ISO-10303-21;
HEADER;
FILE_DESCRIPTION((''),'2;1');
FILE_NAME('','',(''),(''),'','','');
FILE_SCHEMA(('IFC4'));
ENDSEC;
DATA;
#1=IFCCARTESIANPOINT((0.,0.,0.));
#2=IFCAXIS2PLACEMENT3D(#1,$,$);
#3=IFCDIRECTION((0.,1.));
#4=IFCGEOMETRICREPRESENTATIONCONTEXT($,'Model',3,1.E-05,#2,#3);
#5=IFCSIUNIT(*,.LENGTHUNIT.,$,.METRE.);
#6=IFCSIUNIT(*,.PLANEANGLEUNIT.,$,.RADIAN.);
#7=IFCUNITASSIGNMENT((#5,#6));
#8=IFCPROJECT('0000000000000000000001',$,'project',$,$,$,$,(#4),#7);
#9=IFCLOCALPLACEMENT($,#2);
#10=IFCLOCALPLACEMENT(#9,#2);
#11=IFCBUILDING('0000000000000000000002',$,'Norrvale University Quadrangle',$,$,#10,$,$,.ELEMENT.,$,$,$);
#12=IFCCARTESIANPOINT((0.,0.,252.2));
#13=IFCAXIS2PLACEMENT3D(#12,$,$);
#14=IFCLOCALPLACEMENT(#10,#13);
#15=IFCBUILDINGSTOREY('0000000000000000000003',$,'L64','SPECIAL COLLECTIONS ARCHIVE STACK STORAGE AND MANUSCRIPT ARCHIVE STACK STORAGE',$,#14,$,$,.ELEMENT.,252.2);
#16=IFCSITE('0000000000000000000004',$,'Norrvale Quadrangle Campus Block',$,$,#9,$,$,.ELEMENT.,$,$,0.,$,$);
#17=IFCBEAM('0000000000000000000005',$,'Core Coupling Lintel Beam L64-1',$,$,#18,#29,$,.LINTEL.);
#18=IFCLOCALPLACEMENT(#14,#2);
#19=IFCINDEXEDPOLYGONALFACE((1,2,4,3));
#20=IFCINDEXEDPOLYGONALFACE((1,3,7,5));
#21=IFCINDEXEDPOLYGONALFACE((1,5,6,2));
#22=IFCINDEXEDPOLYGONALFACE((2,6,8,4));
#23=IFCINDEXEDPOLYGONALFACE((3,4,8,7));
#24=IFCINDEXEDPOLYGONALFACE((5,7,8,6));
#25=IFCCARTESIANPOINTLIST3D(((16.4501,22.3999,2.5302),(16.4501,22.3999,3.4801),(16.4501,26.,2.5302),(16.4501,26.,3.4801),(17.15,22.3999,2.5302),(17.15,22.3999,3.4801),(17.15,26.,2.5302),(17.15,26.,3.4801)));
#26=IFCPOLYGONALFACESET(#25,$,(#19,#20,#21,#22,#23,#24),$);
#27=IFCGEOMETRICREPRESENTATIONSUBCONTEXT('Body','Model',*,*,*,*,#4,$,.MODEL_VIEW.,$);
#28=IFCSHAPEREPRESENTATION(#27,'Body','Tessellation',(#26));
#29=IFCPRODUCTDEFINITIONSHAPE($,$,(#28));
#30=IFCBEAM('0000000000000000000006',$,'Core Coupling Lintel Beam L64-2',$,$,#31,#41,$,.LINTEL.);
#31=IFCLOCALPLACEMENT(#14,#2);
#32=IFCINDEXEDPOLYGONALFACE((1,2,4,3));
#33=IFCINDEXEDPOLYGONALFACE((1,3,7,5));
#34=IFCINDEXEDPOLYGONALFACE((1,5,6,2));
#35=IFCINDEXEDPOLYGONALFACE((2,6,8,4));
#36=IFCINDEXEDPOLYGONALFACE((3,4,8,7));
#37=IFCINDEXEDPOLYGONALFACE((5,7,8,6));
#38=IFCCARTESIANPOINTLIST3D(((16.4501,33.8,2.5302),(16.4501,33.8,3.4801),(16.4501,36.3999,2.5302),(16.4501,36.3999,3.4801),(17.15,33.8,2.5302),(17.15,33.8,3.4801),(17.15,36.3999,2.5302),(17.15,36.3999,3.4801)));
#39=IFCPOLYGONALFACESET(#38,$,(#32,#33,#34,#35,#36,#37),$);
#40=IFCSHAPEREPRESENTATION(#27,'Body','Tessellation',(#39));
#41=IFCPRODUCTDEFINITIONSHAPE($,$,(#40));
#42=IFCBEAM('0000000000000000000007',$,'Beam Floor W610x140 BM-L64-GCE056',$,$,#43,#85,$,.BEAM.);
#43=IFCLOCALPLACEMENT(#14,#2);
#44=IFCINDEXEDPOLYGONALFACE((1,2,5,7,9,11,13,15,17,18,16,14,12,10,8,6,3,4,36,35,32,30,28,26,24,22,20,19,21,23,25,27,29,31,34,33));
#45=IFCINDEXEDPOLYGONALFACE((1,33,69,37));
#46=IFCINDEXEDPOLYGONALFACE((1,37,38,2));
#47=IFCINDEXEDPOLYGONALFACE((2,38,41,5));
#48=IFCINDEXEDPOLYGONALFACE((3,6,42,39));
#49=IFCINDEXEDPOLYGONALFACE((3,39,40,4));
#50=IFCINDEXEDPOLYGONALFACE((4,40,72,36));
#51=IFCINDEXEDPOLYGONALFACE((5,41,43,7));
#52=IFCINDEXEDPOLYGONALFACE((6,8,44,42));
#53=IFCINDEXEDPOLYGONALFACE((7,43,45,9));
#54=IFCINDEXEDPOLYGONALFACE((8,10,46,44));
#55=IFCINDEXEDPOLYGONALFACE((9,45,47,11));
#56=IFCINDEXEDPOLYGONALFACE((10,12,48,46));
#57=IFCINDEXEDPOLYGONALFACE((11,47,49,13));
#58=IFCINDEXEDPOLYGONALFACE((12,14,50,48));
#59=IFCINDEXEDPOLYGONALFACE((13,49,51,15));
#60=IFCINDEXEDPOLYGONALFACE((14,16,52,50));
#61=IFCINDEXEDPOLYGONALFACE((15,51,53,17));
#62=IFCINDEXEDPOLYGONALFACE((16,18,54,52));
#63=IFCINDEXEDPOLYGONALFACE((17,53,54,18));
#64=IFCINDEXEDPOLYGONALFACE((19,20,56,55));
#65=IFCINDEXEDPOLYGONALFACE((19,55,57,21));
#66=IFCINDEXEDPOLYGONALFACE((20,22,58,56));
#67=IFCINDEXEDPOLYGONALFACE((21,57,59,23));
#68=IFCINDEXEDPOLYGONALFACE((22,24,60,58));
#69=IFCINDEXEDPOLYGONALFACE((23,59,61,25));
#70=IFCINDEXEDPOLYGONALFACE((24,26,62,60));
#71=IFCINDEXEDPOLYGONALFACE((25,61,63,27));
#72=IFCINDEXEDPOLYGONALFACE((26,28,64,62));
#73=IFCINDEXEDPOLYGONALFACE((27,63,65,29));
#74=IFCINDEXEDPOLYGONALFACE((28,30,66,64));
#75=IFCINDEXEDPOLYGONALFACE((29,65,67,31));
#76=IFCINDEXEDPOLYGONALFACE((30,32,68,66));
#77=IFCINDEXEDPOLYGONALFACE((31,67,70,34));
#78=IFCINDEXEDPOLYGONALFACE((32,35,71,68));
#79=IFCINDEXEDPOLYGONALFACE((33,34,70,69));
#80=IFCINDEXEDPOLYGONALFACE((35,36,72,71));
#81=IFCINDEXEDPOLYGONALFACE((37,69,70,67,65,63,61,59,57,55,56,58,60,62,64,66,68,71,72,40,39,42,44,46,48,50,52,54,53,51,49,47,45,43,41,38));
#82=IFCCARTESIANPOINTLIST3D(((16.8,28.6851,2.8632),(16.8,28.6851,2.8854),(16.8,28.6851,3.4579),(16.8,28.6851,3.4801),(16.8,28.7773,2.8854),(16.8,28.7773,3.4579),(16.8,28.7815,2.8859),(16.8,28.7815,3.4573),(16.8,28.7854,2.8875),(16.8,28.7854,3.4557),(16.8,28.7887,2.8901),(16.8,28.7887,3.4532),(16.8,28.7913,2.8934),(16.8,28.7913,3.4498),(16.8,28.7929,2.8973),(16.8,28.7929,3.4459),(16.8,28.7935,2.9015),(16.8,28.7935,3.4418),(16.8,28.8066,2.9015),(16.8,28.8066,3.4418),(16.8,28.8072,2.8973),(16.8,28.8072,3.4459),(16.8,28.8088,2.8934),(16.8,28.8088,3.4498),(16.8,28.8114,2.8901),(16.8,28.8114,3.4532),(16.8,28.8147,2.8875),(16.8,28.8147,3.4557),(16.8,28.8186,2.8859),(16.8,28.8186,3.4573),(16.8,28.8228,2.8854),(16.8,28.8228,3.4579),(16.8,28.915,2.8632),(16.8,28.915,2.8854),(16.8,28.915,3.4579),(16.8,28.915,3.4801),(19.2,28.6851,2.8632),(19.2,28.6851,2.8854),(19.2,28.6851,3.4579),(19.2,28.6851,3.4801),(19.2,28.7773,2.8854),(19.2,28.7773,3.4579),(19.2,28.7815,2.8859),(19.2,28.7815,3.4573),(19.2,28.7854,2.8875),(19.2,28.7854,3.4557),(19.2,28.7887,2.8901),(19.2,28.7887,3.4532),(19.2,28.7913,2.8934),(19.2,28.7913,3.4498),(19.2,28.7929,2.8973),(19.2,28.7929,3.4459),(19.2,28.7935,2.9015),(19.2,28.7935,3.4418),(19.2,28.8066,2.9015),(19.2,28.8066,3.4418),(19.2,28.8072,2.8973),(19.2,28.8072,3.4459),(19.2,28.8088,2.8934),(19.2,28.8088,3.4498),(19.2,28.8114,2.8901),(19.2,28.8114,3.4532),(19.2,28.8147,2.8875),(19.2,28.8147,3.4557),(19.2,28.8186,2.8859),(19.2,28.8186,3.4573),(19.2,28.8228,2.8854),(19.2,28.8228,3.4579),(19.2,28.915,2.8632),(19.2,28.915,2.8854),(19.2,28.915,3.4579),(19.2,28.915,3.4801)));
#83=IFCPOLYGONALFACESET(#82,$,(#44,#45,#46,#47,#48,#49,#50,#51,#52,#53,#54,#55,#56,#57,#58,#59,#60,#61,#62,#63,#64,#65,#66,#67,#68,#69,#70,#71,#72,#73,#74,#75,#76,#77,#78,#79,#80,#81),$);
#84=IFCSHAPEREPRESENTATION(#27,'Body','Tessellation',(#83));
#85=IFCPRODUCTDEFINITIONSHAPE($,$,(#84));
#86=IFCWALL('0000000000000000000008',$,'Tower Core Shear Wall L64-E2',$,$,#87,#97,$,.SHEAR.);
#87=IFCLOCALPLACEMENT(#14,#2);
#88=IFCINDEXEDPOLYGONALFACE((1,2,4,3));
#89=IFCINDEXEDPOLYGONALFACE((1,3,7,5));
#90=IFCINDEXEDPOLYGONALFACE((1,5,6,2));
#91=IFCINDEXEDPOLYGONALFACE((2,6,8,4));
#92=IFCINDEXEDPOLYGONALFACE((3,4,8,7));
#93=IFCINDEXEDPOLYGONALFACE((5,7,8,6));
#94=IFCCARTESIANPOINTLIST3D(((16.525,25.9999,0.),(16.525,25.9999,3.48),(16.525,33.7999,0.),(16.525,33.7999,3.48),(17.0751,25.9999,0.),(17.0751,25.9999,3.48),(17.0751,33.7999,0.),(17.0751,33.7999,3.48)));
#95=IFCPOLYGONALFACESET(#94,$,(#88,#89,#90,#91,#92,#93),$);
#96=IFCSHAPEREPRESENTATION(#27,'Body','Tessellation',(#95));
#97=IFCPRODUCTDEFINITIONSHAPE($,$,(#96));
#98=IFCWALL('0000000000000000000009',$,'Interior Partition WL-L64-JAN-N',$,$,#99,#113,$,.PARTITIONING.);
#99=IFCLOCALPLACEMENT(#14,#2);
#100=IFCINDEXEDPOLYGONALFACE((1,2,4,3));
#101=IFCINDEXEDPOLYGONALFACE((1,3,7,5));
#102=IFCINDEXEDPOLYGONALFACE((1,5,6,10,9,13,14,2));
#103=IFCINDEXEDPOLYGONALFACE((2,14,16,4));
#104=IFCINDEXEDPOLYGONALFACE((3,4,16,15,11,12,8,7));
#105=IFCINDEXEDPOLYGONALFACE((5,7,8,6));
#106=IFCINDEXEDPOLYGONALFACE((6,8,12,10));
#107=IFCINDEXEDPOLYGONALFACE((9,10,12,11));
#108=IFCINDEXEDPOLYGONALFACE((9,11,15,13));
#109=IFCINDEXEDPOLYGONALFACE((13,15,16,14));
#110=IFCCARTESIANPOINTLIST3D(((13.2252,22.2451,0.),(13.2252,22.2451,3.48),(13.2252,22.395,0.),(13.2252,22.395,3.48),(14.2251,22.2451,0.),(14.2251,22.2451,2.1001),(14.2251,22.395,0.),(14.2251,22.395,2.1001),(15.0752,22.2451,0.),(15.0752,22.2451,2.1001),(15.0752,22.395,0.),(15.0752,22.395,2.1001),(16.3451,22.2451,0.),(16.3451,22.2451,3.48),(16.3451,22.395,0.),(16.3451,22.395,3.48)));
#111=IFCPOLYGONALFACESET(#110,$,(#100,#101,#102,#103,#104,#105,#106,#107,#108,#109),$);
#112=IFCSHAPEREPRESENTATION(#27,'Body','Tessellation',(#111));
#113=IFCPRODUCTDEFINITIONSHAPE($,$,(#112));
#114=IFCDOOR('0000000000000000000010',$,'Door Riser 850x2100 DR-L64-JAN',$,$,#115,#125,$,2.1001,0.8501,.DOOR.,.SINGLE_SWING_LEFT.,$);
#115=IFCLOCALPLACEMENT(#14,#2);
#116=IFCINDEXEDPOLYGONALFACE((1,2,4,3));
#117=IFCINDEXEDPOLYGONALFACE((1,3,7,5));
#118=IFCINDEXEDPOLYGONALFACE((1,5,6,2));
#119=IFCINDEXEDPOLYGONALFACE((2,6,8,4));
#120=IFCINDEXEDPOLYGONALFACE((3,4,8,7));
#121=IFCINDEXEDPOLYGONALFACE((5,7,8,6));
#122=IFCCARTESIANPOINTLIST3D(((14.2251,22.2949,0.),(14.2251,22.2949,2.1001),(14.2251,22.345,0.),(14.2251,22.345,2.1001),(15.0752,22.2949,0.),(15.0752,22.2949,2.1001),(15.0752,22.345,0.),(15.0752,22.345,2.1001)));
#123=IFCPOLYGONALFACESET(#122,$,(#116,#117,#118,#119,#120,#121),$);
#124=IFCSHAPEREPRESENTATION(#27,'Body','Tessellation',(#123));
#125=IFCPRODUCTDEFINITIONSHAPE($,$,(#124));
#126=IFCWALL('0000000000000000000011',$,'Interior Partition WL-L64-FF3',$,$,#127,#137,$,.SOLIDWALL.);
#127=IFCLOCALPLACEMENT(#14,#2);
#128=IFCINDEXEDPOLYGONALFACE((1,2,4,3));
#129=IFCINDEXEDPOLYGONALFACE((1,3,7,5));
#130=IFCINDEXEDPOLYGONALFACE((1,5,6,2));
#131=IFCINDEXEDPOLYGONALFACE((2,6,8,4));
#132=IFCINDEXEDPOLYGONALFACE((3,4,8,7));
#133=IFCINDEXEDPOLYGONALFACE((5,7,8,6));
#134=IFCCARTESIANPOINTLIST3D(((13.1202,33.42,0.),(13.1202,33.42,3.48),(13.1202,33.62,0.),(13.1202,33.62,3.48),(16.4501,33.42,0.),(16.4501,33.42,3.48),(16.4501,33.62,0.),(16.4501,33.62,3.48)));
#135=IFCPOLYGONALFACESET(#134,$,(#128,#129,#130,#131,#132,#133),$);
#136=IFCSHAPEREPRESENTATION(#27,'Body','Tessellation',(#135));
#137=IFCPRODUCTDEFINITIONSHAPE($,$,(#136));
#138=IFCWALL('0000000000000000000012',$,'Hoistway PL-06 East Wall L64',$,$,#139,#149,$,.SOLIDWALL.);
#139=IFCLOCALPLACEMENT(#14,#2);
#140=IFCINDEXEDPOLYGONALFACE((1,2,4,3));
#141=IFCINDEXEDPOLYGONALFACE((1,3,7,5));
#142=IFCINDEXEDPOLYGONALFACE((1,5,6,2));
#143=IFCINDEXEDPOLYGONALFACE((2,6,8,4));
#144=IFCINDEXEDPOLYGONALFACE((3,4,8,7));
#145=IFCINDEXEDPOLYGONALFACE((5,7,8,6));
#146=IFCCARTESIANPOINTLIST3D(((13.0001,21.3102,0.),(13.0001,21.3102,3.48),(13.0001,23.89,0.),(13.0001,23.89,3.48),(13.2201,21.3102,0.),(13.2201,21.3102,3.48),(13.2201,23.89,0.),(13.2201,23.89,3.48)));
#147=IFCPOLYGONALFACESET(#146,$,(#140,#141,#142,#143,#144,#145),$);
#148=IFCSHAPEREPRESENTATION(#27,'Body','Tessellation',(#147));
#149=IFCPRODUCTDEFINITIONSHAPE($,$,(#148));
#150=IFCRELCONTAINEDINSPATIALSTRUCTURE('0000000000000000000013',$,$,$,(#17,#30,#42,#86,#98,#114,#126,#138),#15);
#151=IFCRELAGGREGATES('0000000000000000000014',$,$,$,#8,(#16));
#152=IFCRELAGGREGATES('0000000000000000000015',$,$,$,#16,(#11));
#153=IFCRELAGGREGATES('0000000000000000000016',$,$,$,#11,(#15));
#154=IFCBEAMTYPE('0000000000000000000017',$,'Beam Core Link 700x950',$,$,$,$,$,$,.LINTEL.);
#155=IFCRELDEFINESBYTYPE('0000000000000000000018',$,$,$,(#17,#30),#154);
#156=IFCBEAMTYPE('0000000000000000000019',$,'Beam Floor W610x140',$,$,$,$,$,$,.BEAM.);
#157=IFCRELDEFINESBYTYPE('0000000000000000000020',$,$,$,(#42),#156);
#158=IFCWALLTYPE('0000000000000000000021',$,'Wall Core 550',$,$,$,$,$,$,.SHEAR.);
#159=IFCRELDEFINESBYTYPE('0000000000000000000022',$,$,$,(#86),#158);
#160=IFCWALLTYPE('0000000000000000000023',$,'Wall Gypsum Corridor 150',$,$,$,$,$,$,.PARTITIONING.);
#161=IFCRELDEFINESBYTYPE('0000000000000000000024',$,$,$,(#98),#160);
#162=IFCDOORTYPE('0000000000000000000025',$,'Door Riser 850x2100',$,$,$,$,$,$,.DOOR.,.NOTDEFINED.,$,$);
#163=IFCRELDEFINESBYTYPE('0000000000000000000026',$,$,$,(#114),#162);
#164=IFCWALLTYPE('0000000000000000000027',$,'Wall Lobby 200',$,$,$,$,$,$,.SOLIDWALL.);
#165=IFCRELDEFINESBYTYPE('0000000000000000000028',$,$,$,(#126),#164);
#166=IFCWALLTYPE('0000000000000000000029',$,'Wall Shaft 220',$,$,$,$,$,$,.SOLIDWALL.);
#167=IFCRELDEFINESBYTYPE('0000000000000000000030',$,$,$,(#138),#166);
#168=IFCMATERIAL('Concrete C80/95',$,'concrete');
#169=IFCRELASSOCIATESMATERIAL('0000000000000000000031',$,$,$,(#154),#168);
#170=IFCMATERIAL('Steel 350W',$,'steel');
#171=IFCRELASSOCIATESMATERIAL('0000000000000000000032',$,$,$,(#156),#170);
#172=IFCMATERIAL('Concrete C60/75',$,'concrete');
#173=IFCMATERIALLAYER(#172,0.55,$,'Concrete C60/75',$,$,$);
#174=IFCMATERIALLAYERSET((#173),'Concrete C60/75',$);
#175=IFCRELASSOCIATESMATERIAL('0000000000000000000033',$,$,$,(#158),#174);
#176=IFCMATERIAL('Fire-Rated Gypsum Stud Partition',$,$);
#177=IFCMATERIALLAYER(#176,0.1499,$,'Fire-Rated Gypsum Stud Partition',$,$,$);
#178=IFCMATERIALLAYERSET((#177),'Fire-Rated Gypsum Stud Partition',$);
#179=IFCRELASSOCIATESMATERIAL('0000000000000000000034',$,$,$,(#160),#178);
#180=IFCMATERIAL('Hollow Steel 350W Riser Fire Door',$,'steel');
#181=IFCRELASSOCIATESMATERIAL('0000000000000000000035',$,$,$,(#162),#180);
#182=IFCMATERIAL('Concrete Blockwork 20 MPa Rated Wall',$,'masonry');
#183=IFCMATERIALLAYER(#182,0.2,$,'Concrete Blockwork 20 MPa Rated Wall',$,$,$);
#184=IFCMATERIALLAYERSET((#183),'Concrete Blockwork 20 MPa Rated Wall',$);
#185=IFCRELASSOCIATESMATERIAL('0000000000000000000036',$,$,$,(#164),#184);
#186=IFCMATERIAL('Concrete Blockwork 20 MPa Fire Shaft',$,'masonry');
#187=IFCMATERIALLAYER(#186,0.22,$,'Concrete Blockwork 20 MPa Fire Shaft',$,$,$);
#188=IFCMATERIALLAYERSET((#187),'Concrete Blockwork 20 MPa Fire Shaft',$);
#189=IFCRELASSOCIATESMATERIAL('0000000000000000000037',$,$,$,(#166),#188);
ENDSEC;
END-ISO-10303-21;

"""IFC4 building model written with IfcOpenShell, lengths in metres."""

from ifc_helpers import new_model, si_unit, direction, frame, frame_2d, origin, origin_2d, place, context, subcontext, project, spatial, rectangle, i_section, extrude, material, layer, layer_set, material_profile, profile_set, type_object, element, fill, save


model = new_model("IFC4")

# Units and contexts
model_context = context("Model", 3, precision=1e-05, world=origin(), true_north=direction((0.0, 1.0)))
body_context = subcontext(model_context, "Body", "Model", "MODEL_VIEW")
ifc_project = project(units=[si_unit("LENGTHUNIT", "METRE"), si_unit("PLANEANGLEUNIT", "RADIAN")], contexts=[model_context])

# Site, building, storey
site_placement = place(None, origin())
site = spatial("IfcSite", under=ifc_project, at=site_placement, Name="Norrvale Quadrangle Campus Block", CompositionType="ELEMENT", RefElevation=0.0)
building_placement = place(site_placement, origin())
building = spatial("IfcBuilding", under=site, at=building_placement, Name="Norrvale University Quadrangle", CompositionType="ELEMENT")
storey_placement = place(building_placement, frame((0.0, 0.0, 252.2)))
storey = spatial("IfcBuildingStorey", under=building, at=storey_placement, Name="L64", Description="SPECIAL COLLECTIONS ARCHIVE STACK STORAGE AND MANUSCRIPT ARCHIVE STACK STORAGE", CompositionType="ELEMENT", Elevation=252.2)

# Beams
ifc_material_1 = material(Name="Concrete C80/95", Category="concrete")
ifc_material_profile_1 = material_profile(ifc_material_1, rectangle(XDim=0.7, YDim=0.95, at=origin_2d()), Name="Concrete C80/95")
ifc_profile_set_1 = profile_set([ifc_material_profile_1], Name="Concrete C80/95")
beam_type_1 = type_object("IfcBeamType", Name="Beam Core Link 700x950", PredefinedType="LINTEL", material=ifc_profile_set_1)
beam_1_placement = place(storey_placement, frame((16.8, 22.3999, 3.0051), z_axis=(0.0, 1.0, 0.0), x_axis=(-1.0, 0.0, 0.0)))
element("IfcBeam", 1, at=beam_1_placement, inside=storey, type_object=beam_type_1, Name="Core Coupling Lintel Beam L64-1", PredefinedType="LINTEL", context=body_context, shape_type="SweptSolid", body=[
    extrude(rectangle(XDim=0.7, YDim=0.95, at=origin_2d()), origin(), (0.0, 0.0, 1.0), 3.6001),
])
beam_2_placement = place(storey_placement, frame((16.8, 33.8, 3.0051), z_axis=(0.0, 1.0, 0.0), x_axis=(-1.0, 0.0, 0.0)))
element("IfcBeam", 2, at=beam_2_placement, inside=storey, type_object=beam_type_1, Name="Core Coupling Lintel Beam L64-2", PredefinedType="LINTEL", context=body_context, shape_type="SweptSolid", body=[
    extrude(rectangle(XDim=0.7, YDim=0.95, at=origin_2d()), origin(), (0.0, 0.0, 1.0), 2.5999),
])
ifc_material_2 = material(Name="Steel 350W", Category="steel")
ifc_material_profile_2 = material_profile(ifc_material_2, i_section(OverallWidth=0.23, OverallDepth=0.6169, WebThickness=0.0132, FlangeThickness=0.0222, FilletRadius=0.0161, at=origin_2d()), Name="Steel 350W")
ifc_profile_set_2 = profile_set([ifc_material_profile_2], Name="Steel 350W")
beam_type_2 = type_object("IfcBeamType", Name="Beam Floor W610x140", PredefinedType="BEAM", material=ifc_profile_set_2)
beam_3_placement = place(storey_placement, frame((16.8, 28.8, 3.1716), z_axis=(1.0, 0.0, 0.0), x_axis=(0.0, 1.0, 0.0)))
element("IfcBeam", 3, at=beam_3_placement, inside=storey, type_object=beam_type_2, Name="Beam Floor W610x140 BM-L64-GCE056", PredefinedType="BEAM", context=body_context, shape_type="SweptSolid", body=[
    extrude(i_section(OverallWidth=0.23, OverallDepth=0.6169, WebThickness=0.0132, FlangeThickness=0.0222, FilletRadius=0.0161, at=origin_2d()), origin(), (0.0, 0.0, 1.0), 2.3999),
])

# Wall
ifc_material_3 = material(Name="Concrete C60/75", Category="concrete")
ifc_layer_1 = layer(ifc_material_3, 0.55, Name="Concrete C60/75")
ifc_layer_set_1 = layer_set([ifc_layer_1], Name="Concrete C60/75")
wall_type_1 = type_object("IfcWallType", Name="Wall Core 550", PredefinedType="SHEAR", material=ifc_layer_set_1)
wall_1_placement = place(storey_placement, frame((16.8, 26.0, 0.0), z_axis=(0.0, 0.0, 1.0), x_axis=(0.0, 1.0, 0.0)))
element("IfcWall", 4, at=wall_1_placement, inside=storey, type_object=wall_type_1, Name="Tower Core Shear Wall L64-E2", PredefinedType="SHEAR", context=body_context, shape_type="SweptSolid", body=[
    extrude(rectangle(XDim=7.8, YDim=0.55, at=frame_2d((3.8999, 0.0))), origin(), (0.0, 0.0, 1.0), 3.48),
])

# Wall, opening, door
ifc_material_4 = material(Name="Fire-Rated Gypsum Stud Partition")
ifc_layer_2 = layer(ifc_material_4, 0.1499, Name="Fire-Rated Gypsum Stud Partition")
ifc_layer_set_2 = layer_set([ifc_layer_2], Name="Fire-Rated Gypsum Stud Partition")
wall_type_2 = type_object("IfcWallType", Name="Wall Gypsum Corridor 150", PredefinedType="PARTITIONING", material=ifc_layer_set_2)
wall_2_placement = place(storey_placement, frame((13.2251, 22.3201, 0.0), z_axis=(0.0, 0.0, 1.0), x_axis=(1.0, 0.0, 0.0)))
wall_2 = element("IfcWall", 5, at=wall_2_placement, inside=storey, type_object=wall_type_2, Name="Interior Partition WL-L64-JAN-N", PredefinedType="PARTITIONING", context=body_context, shape_type="SweptSolid", body=[
    extrude(rectangle(XDim=3.1199, YDim=0.1499, at=frame_2d((1.5601, 0.0))), origin(), (0.0, 0.0, 1.0), 3.48),
])
opening_1_placement = place(wall_2_placement, frame((1.0, 0.0, 0.0)))
opening_1 = element("IfcOpeningElement", 6, at=opening_1_placement, cuts=wall_2, PredefinedType="OPENING", context=body_context, shape_type="SweptSolid", body=[
    extrude(rectangle(XDim=0.8501, YDim=2.1001, at=frame_2d((0.425, 1.05))), frame((0.0, 0.0869, 0.0), z_axis=(0.0, -1.0, 0.0), x_axis=(1.0, 0.0, 0.0)), (0.0, 0.0, 1.0), 0.1738),
])
ifc_material_5 = material(Name="Hollow Steel 350W Riser Fire Door", Category="steel")
door_type_1 = type_object("IfcDoorType", Name="Door Riser 850x2100", OperationType="NOTDEFINED", PredefinedType="DOOR", material=ifc_material_5)
door_1_placement = place(opening_1_placement, origin())
door_1 = element("IfcDoor", 7, at=door_1_placement, inside=storey, type_object=door_type_1, Name="Door Riser 850x2100 DR-L64-JAN", OperationType="SINGLE_SWING_LEFT", OverallHeight=2.1001, OverallWidth=0.8501, PredefinedType="DOOR", context=body_context, shape_type="SweptSolid", body=[
    extrude(rectangle(XDim=0.8501, YDim=2.1001, at=frame_2d((0.425, 1.05))), frame((0.0, 0.0249, 0.0), z_axis=(0.0, -1.0, 0.0), x_axis=(1.0, 0.0, 0.0)), (0.0, 0.0, 1.0), 0.05),
])
fill(opening_1, door_1)

# Walls
ifc_material_6 = material(Name="Concrete Blockwork 20 MPa Rated Wall", Category="masonry")
ifc_layer_3 = layer(ifc_material_6, 0.2, Name="Concrete Blockwork 20 MPa Rated Wall")
ifc_layer_set_3 = layer_set([ifc_layer_3], Name="Concrete Blockwork 20 MPa Rated Wall")
wall_type_3 = type_object("IfcWallType", Name="Wall Lobby 200", PredefinedType="SOLIDWALL", material=ifc_layer_set_3)
wall_3_placement = place(storey_placement, frame((13.1201, 33.52, 0.0), z_axis=(0.0, 0.0, 1.0), x_axis=(1.0, 0.0, 0.0)))
element("IfcWall", 8, at=wall_3_placement, inside=storey, type_object=wall_type_3, Name="Interior Partition WL-L64-FF3", PredefinedType="SOLIDWALL", context=body_context, shape_type="SweptSolid", body=[
    extrude(rectangle(XDim=3.3298, YDim=0.2, at=frame_2d((1.665, 0.0))), origin(), (0.0, 0.0, 1.0), 3.48),
])
ifc_material_7 = material(Name="Concrete Blockwork 20 MPa Fire Shaft", Category="masonry")
ifc_layer_4 = layer(ifc_material_7, 0.22, Name="Concrete Blockwork 20 MPa Fire Shaft")
ifc_layer_set_4 = layer_set([ifc_layer_4], Name="Concrete Blockwork 20 MPa Fire Shaft")
wall_type_4 = type_object("IfcWallType", Name="Wall Shaft 220", PredefinedType="SOLIDWALL", material=ifc_layer_set_4)
wall_4_placement = place(storey_placement, frame((13.1101, 21.3101, 0.0), z_axis=(0.0, 0.0, 1.0), x_axis=(0.0, 1.0, 0.0)))
element("IfcWall", 9, at=wall_4_placement, inside=storey, type_object=wall_type_4, Name="Hoistway PL-06 East Wall L64", PredefinedType="SOLIDWALL", context=body_context, shape_type="SweptSolid", body=[
    extrude(rectangle(XDim=2.5798, YDim=0.22, at=frame_2d((1.29, 0.0))), origin(), (0.0, 0.0, 1.0), 3.48),
])

save(model, "model.ifc")
